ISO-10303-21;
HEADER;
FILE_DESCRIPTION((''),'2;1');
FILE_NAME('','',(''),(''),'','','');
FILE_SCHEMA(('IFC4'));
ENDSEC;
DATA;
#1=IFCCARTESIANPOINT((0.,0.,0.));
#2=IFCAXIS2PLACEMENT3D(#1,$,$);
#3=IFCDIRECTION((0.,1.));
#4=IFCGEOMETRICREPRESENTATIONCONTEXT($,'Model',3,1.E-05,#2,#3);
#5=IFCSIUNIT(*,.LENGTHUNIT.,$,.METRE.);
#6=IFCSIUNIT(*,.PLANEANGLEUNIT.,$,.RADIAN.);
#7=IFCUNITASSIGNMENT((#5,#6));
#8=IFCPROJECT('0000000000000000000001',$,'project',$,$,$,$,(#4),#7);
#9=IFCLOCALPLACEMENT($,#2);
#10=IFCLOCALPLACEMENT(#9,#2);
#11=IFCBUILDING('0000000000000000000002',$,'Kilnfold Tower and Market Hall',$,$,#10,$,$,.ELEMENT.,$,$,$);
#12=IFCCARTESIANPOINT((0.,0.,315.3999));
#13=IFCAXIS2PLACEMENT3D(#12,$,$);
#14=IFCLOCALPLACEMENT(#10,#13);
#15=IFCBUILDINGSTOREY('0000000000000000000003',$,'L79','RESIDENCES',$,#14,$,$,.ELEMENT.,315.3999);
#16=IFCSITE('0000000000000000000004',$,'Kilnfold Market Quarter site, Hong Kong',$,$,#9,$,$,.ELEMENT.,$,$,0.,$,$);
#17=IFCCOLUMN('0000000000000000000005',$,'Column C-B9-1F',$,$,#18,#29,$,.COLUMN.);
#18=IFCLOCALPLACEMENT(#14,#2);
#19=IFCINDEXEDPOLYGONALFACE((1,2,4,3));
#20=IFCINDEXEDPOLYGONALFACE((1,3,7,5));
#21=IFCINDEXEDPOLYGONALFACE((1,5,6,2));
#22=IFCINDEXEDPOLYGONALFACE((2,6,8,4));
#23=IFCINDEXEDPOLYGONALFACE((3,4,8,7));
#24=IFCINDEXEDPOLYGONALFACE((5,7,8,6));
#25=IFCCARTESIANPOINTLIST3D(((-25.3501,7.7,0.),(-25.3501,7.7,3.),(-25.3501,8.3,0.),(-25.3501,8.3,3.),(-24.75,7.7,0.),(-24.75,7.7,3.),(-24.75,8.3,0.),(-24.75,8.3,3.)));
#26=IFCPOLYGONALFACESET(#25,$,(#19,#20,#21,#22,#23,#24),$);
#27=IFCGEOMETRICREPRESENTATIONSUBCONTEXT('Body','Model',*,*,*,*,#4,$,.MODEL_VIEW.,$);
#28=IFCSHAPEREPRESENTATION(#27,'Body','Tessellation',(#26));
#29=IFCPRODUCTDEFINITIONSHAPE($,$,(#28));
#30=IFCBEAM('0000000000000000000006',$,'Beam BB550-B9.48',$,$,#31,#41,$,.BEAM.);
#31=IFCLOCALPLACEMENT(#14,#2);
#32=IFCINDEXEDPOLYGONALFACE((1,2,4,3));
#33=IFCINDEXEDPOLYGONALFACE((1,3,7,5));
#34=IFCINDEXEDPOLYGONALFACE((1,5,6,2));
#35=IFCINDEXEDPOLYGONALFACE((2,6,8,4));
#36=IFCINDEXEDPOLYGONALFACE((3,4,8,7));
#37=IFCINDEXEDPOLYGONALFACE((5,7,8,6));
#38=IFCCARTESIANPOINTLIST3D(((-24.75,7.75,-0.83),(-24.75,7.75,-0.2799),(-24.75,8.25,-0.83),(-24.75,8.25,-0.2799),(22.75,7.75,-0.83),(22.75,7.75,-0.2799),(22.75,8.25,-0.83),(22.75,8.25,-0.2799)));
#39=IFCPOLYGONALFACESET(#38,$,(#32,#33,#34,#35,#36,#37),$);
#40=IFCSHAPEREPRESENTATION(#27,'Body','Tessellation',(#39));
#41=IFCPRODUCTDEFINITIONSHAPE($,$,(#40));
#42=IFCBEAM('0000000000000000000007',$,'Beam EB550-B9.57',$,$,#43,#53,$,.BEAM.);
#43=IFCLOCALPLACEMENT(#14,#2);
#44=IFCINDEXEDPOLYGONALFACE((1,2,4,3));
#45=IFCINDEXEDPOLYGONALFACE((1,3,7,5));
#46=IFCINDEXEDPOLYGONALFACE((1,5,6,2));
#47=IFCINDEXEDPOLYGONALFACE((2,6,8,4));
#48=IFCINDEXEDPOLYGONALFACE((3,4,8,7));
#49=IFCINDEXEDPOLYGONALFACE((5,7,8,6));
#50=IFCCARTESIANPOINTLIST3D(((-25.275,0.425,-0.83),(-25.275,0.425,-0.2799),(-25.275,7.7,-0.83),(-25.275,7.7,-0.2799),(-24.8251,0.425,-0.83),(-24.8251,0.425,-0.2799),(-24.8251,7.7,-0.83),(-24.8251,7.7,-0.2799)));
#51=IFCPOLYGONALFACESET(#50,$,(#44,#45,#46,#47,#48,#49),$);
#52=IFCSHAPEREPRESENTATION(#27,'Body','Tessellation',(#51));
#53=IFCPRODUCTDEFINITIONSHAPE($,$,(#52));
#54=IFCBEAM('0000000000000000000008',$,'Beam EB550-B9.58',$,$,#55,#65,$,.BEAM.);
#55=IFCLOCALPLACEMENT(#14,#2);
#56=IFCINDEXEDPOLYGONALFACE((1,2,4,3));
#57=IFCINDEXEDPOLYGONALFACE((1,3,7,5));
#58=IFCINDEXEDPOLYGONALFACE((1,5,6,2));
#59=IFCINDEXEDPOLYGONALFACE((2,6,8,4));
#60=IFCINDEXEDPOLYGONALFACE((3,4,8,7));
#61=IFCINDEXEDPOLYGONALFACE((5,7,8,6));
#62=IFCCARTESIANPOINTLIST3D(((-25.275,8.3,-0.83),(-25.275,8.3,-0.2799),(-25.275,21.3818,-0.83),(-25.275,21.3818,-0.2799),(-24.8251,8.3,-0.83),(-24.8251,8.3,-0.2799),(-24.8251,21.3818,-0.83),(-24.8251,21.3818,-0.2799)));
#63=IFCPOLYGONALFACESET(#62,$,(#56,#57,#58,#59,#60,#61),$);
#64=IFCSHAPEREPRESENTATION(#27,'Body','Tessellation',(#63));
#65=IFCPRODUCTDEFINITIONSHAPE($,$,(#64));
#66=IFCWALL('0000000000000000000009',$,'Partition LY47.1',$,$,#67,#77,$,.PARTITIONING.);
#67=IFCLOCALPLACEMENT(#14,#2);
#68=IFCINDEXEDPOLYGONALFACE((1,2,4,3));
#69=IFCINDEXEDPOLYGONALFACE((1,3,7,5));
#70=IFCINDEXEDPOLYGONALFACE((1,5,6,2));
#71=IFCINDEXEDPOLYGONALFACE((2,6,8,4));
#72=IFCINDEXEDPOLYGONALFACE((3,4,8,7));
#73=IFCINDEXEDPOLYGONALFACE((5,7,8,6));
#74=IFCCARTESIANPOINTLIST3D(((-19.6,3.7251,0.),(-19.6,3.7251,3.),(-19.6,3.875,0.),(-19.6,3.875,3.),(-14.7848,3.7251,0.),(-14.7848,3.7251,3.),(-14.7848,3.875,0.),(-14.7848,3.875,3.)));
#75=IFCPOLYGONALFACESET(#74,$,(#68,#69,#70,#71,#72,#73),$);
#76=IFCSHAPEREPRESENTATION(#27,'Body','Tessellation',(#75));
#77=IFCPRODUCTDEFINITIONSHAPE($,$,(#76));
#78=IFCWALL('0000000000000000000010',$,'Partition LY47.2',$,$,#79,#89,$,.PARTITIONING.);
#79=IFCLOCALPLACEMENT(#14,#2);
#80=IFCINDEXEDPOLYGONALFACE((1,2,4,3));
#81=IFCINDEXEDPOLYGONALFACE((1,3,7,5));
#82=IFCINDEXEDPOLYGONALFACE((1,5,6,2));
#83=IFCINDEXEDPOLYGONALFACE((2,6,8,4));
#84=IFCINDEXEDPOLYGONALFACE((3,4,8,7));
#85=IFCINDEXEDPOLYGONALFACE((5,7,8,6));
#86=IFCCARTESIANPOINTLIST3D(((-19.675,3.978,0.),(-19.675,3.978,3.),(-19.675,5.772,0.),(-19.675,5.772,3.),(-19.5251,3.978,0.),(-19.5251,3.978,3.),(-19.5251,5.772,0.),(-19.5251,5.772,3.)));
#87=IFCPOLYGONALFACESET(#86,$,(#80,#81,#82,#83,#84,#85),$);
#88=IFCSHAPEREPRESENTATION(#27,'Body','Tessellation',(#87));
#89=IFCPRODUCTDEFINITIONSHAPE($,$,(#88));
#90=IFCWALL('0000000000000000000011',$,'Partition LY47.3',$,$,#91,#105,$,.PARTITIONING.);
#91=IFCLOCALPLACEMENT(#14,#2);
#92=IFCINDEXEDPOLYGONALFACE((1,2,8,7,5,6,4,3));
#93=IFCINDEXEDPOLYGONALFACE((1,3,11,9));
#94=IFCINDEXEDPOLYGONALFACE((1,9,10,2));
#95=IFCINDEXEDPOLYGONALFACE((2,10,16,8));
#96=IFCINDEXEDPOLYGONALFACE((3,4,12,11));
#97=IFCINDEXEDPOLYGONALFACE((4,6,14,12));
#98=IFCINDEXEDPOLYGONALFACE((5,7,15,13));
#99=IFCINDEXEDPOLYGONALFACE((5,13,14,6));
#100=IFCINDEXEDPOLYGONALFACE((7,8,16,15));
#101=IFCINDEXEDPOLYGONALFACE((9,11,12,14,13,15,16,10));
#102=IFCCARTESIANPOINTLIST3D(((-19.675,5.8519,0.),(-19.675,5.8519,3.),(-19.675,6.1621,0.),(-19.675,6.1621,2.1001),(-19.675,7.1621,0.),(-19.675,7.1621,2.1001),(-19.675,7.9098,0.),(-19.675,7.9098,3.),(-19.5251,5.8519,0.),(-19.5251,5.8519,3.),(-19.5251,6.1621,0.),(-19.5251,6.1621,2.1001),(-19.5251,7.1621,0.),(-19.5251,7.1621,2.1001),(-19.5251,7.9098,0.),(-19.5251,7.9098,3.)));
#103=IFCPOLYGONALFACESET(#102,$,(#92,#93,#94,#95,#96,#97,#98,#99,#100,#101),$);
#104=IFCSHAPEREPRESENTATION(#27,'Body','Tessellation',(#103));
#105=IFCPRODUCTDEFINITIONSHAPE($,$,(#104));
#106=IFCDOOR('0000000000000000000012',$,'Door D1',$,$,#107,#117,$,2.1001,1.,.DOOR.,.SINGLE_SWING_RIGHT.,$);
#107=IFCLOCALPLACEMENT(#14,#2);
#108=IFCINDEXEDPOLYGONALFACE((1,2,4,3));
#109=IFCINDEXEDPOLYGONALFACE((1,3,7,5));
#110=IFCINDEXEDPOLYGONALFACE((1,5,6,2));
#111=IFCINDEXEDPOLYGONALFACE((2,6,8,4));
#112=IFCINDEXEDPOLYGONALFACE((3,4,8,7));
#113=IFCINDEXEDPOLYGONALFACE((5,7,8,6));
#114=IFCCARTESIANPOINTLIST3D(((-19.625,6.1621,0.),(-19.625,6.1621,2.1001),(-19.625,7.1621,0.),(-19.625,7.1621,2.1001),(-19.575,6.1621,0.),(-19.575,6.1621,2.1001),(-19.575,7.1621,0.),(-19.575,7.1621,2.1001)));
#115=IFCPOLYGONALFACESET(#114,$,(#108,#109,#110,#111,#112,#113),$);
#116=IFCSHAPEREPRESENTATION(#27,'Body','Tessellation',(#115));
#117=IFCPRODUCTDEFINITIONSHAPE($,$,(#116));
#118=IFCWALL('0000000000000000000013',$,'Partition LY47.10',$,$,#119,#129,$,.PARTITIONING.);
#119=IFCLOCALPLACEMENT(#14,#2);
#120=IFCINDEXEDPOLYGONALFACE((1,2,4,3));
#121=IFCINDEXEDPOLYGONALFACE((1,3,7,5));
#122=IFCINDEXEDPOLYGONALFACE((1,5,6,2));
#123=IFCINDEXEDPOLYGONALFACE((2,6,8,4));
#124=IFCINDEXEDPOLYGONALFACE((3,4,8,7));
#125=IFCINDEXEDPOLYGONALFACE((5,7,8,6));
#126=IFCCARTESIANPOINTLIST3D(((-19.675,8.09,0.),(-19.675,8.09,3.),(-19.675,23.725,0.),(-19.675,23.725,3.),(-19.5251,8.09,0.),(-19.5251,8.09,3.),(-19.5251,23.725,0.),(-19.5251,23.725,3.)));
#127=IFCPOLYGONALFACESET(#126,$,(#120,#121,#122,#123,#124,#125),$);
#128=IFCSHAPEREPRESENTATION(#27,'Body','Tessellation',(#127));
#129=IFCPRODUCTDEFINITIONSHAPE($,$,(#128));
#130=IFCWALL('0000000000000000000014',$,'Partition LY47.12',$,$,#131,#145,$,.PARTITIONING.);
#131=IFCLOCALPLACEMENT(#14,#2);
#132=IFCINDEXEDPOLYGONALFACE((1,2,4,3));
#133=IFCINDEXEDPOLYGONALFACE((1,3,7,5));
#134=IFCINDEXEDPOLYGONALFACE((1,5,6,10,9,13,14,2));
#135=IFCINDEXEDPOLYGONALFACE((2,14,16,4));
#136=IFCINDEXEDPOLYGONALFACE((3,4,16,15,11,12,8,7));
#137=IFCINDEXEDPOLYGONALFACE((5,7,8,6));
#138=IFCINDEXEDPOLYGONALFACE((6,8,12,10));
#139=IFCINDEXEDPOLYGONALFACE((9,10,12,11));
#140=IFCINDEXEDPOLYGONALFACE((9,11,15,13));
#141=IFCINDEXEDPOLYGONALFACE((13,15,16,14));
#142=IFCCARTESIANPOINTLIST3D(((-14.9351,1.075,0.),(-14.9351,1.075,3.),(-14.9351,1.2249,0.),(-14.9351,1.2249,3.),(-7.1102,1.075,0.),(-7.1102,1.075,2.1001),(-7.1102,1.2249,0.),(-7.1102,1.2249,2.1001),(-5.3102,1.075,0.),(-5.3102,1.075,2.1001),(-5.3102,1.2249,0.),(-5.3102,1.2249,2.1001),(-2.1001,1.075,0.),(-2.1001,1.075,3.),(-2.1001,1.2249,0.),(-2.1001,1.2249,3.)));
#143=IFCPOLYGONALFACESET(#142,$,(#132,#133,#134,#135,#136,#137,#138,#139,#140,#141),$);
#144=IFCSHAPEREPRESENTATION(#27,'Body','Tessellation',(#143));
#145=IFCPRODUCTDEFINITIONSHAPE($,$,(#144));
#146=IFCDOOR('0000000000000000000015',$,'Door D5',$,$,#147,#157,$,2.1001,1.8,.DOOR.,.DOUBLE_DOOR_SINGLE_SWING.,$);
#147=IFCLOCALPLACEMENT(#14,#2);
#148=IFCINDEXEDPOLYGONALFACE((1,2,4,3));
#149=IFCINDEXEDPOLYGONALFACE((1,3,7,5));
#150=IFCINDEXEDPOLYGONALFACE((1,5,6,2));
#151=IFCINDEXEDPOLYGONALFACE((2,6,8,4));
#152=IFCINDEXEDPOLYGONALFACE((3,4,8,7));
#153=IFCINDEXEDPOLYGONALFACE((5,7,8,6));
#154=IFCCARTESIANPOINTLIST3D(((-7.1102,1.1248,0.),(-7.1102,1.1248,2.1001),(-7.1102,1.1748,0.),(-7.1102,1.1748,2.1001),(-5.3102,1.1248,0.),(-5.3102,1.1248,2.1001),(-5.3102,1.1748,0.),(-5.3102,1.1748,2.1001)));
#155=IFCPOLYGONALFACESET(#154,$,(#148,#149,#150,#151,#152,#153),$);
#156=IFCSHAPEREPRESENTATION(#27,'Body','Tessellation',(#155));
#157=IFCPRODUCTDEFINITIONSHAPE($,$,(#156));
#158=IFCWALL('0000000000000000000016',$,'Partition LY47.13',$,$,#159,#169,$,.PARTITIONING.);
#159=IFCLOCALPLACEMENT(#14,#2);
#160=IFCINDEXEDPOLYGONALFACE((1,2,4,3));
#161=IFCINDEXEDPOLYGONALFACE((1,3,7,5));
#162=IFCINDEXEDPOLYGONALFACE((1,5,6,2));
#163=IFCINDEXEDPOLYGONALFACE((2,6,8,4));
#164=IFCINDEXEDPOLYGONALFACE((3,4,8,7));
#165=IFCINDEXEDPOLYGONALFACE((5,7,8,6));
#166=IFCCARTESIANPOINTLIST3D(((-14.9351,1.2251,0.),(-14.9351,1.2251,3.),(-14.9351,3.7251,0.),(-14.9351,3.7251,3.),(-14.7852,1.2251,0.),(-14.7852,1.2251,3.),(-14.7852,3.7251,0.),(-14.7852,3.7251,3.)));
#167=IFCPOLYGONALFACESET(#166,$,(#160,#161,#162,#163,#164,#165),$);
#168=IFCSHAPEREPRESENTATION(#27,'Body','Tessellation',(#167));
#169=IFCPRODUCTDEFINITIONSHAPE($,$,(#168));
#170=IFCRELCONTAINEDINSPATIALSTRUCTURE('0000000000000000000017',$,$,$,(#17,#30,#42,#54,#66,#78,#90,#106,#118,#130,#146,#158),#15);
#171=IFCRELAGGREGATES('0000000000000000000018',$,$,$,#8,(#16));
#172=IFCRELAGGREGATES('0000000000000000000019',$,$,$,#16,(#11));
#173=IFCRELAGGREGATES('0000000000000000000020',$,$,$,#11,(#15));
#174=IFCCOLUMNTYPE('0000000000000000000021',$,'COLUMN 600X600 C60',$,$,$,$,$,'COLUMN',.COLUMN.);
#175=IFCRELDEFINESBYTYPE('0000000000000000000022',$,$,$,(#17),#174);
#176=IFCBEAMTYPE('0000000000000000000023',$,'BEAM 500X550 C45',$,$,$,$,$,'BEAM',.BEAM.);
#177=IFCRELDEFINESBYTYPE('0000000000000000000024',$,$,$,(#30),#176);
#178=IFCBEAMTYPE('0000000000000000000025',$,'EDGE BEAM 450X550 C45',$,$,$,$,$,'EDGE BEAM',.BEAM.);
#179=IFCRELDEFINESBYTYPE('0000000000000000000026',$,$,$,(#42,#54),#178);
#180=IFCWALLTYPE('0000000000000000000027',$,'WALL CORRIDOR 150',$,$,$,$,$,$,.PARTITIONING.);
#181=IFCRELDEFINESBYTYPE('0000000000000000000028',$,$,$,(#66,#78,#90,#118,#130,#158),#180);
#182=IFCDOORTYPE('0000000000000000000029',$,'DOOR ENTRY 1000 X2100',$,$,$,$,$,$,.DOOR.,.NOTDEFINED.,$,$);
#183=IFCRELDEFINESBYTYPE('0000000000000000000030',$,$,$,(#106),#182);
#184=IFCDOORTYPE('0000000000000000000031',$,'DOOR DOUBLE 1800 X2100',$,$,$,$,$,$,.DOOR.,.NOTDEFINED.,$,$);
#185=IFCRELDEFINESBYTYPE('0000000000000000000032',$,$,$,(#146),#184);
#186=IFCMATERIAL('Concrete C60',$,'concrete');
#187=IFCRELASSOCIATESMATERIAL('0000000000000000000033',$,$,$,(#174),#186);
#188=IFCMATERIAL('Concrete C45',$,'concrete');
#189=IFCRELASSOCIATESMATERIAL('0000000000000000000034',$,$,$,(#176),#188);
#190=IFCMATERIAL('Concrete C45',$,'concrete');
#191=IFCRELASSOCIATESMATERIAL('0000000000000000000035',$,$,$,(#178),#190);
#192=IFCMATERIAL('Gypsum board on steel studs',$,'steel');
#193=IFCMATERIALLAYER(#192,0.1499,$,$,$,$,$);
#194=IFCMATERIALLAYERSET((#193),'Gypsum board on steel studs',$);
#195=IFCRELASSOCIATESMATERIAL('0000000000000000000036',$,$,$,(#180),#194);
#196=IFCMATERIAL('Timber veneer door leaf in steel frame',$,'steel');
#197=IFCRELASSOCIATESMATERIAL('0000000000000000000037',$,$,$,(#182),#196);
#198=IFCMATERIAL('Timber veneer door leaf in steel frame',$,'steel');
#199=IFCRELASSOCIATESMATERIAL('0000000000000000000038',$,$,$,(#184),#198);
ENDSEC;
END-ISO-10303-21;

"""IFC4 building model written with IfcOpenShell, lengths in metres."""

from ifc_helpers import new_model, si_unit, direction, frame, frame_2d, origin, origin_2d, place, context, subcontext, project, spatial, rectangle, extrude, source, transform, mapped, material, layer, layer_set, material_profile, profile_set, type_object, element, fill, save


model = new_model("IFC4")

# Units and contexts
model_context = context("Model", 3, precision=1e-05, world=origin(), true_north=direction((0.0, 1.0)))
body_context = subcontext(model_context, "Body", "Model", "MODEL_VIEW")
ifc_project = project(units=[si_unit("LENGTHUNIT", "METRE"), si_unit("PLANEANGLEUNIT", "RADIAN")], contexts=[model_context])

# Site, building, storey
site_placement = place(None, origin())
site = spatial("IfcSite", under=ifc_project, at=site_placement, Name="Kilnfold Market Quarter site, Hong Kong", CompositionType="ELEMENT", RefElevation=0.0)
building_placement = place(site_placement, origin())
building = spatial("IfcBuilding", under=site, at=building_placement, Name="Kilnfold Tower and Market Hall", CompositionType="ELEMENT")
storey_placement = place(building_placement, frame((0.0, 0.0, 315.3999)))
storey = spatial("IfcBuildingStorey", under=building, at=storey_placement, Name="L79", Description="RESIDENCES", CompositionType="ELEMENT", Elevation=315.3999)

# Column
ifc_material_1 = material(Name="Concrete C60", Category="concrete")
ifc_material_profile_1 = material_profile(ifc_material_1, rectangle(XDim=0.6001, YDim=0.6001, at=origin_2d()), Name="RC 600x600")
ifc_profile_set_1 = profile_set([ifc_material_profile_1], Name="Concrete C60")
column_type = type_object("IfcColumnType", Name="COLUMN 600X600 C60", ElementType="COLUMN", PredefinedType="COLUMN", material=ifc_profile_set_1)
shared_shape_1 = source(origin(), body_context, "Body", "SweptSolid", [
    extrude(rectangle(XDim=0.6001, YDim=0.6001, at=origin_2d()), origin(), (0.0, 0.0, 1.0), 3.0),
])
column_placement = place(storey_placement, frame((-25.05, 8.0, 0.0), z_axis=(0.0, 0.0, 1.0), x_axis=(1.0, 0.0, 0.0)))
element("IfcColumn", 1, at=column_placement, inside=storey, type_object=column_type, Name="Column C-B9-1F", PredefinedType="COLUMN", context=body_context, shape_type="MappedRepresentation", body=[
    mapped(shared_shape_1, transform((0.0, 0.0, 0.0))),
])

# Beams
ifc_material_2 = material(Name="Concrete C45", Category="concrete")
ifc_material_profile_2 = material_profile(ifc_material_2, rectangle(XDim=0.5, YDim=0.55, at=origin_2d()), Name="RC 500x550")
ifc_profile_set_2 = profile_set([ifc_material_profile_2], Name="Concrete C45")
beam_type_1 = type_object("IfcBeamType", Name="BEAM 500X550 C45", ElementType="BEAM", PredefinedType="BEAM", material=ifc_profile_set_2)
shared_shape_2 = source(origin(), body_context, "Body", "SweptSolid", [
    extrude(rectangle(XDim=0.5, YDim=0.55, at=origin_2d()), origin(), (0.0, 0.0, 1.0), 47.5),
])
beam_1_placement = place(storey_placement, frame((-24.75, 8.0, -0.5549), z_axis=(1.0, 0.0, 0.0), x_axis=(0.0, 1.0, 0.0)))
element("IfcBeam", 2, at=beam_1_placement, inside=storey, type_object=beam_type_1, Name="Beam BB550-B9.48", PredefinedType="BEAM", context=body_context, shape_type="MappedRepresentation", body=[
    mapped(shared_shape_2, transform((0.0, 0.0, 0.0))),
])
ifc_material_3 = material(Name="Concrete C45", Category="concrete")
ifc_material_profile_3 = material_profile(ifc_material_3, rectangle(XDim=0.45, YDim=0.55, at=origin_2d()), Name="RC 450x550")
ifc_profile_set_3 = profile_set([ifc_material_profile_3], Name="Concrete C45")
beam_type_2 = type_object("IfcBeamType", Name="EDGE BEAM 450X550 C45", ElementType="EDGE BEAM", PredefinedType="BEAM", material=ifc_profile_set_3)
shared_shape_3 = source(origin(), body_context, "Body", "SweptSolid", [
    extrude(rectangle(XDim=0.45, YDim=0.55, at=origin_2d()), origin(), (0.0, 0.0, 1.0), 7.2749),
])
beam_2_placement = place(storey_placement, frame((-25.05, 0.425, -0.5549), z_axis=(0.0, 1.0, 0.0), x_axis=(-1.0, 0.0, 0.0)))
element("IfcBeam", 3, at=beam_2_placement, inside=storey, type_object=beam_type_2, Name="Beam EB550-B9.57", PredefinedType="BEAM", context=body_context, shape_type="MappedRepresentation", body=[
    mapped(shared_shape_3, transform((0.0, 0.0, 0.0))),
])
shared_shape_4 = source(origin(), body_context, "Body", "SweptSolid", [
    extrude(rectangle(XDim=0.45, YDim=0.55, at=origin_2d()), origin(), (0.0, 0.0, 1.0), 13.0818),
])
beam_3_placement = place(storey_placement, frame((-25.05, 8.3, -0.5549), z_axis=(0.0, 1.0, 0.0), x_axis=(-1.0, 0.0, 0.0)))
element("IfcBeam", 4, at=beam_3_placement, inside=storey, type_object=beam_type_2, Name="Beam EB550-B9.58", PredefinedType="BEAM", context=body_context, shape_type="MappedRepresentation", body=[
    mapped(shared_shape_4, transform((0.0, 0.0, 0.0))),
])

# Walls
ifc_material_4 = material(Name="Gypsum board on steel studs", Category="steel")
ifc_layer_1 = layer(ifc_material_4, 0.1499)
ifc_layer_set_1 = layer_set([ifc_layer_1], Name="Gypsum board on steel studs")
wall_type_1 = type_object("IfcWallType", Name="WALL CORRIDOR 150", PredefinedType="PARTITIONING", material=ifc_layer_set_1)
wall_1_placement = place(storey_placement, frame((-19.6001, 3.8, 0.0), z_axis=(0.0, 0.0, 1.0), x_axis=(1.0, 0.0, 0.0)))
element("IfcWall", 5, at=wall_1_placement, inside=storey, type_object=wall_type_1, Name="Partition LY47.1", PredefinedType="PARTITIONING", context=body_context, shape_type="SweptSolid", body=[
    extrude(rectangle(XDim=4.8152, YDim=0.1499, at=frame_2d((2.4077, 0.0))), origin(), (0.0, 0.0, 1.0), 3.0),
])
wall_2_placement = place(storey_placement, frame((-19.6001, 3.978, 0.0), z_axis=(0.0, 0.0, 1.0), x_axis=(0.0, 1.0, 0.0)))
element("IfcWall", 6, at=wall_2_placement, inside=storey, type_object=wall_type_1, Name="Partition LY47.2", PredefinedType="PARTITIONING", context=body_context, shape_type="SweptSolid", body=[
    extrude(rectangle(XDim=1.7939, YDim=0.1499, at=frame_2d((0.897, 0.0))), origin(), (0.0, 0.0, 1.0), 3.0),
])

# Wall, opening, door
wall_3_placement = place(storey_placement, frame((-19.6001, 5.8521, 0.0), z_axis=(0.0, 0.0, 1.0), x_axis=(0.0, 1.0, 0.0)))
wall_3 = element("IfcWall", 7, at=wall_3_placement, inside=storey, type_object=wall_type_1, Name="Partition LY47.3", PredefinedType="PARTITIONING", context=body_context, shape_type="SweptSolid", body=[
    extrude(rectangle(XDim=2.0579, YDim=0.1499, at=frame_2d((1.0288, 0.0))), origin(), (0.0, 0.0, 1.0), 3.0),
])
opening_1_placement = place(wall_3_placement, frame((0.3101, 0.0, 0.0)))
opening_1 = element("IfcOpeningElement", 8, at=opening_1_placement, cuts=wall_3, PredefinedType="OPENING", context=body_context, shape_type="SweptSolid", body=[
    extrude(rectangle(XDim=1.0, YDim=2.1001, at=frame_2d((0.5, 1.05))), frame((0.0, 0.085, 0.0), z_axis=(0.0, -1.0, 0.0), x_axis=(1.0, 0.0, 0.0)), (0.0, 0.0, 1.0), 0.1699),
])
ifc_material_5 = material(Name="Timber veneer door leaf in steel frame", Category="steel")
door_type_1 = type_object("IfcDoorType", Name="DOOR ENTRY 1000 X2100", OperationType="NOTDEFINED", PredefinedType="DOOR", material=ifc_material_5)
door_1_placement = place(opening_1_placement, origin())
door_1 = element("IfcDoor", 9, at=door_1_placement, inside=storey, type_object=door_type_1, Name="Door D1", OperationType="SINGLE_SWING_RIGHT", OverallHeight=2.1001, OverallWidth=1.0, PredefinedType="DOOR", context=body_context, shape_type="SweptSolid", body=[
    extrude(rectangle(XDim=1.0, YDim=2.1001, at=frame_2d((0.5, 1.05))), frame((0.0, 0.0249, 0.0), z_axis=(0.0, -1.0, 0.0), x_axis=(1.0, 0.0, 0.0)), (0.0, 0.0, 1.0), 0.05),
])
fill(opening_1, door_1)

# Wall
wall_4_placement = place(storey_placement, frame((-19.6001, 8.0901, 0.0), z_axis=(0.0, 0.0, 1.0), x_axis=(0.0, 1.0, 0.0)))
element("IfcWall", 10, at=wall_4_placement, inside=storey, type_object=wall_type_1, Name="Partition LY47.10", PredefinedType="PARTITIONING", context=body_context, shape_type="SweptSolid", body=[
    extrude(rectangle(XDim=15.635, YDim=0.1499, at=frame_2d((7.8174, 0.0))), origin(), (0.0, 0.0, 1.0), 3.0),
])

# Wall, opening, door
wall_5_placement = place(storey_placement, frame((-14.9351, 1.1499, 0.0), z_axis=(0.0, 0.0, 1.0), x_axis=(1.0, 0.0, 0.0)))
wall_5 = element("IfcWall", 11, at=wall_5_placement, inside=storey, type_object=wall_type_1, Name="Partition LY47.12", PredefinedType="PARTITIONING", context=body_context, shape_type="SweptSolid", body=[
    extrude(rectangle(XDim=12.835, YDim=0.1499, at=frame_2d((6.4175, 0.0))), origin(), (0.0, 0.0, 1.0), 3.0),
])
opening_2_placement = place(wall_5_placement, frame((7.825, 0.0, 0.0)))
opening_2 = element("IfcOpeningElement", 12, at=opening_2_placement, cuts=wall_5, PredefinedType="OPENING", context=body_context, shape_type="SweptSolid", body=[
    extrude(rectangle(XDim=1.8, YDim=2.1001, at=frame_2d((0.8999, 1.05))), frame((0.0, 0.085, 0.0), z_axis=(0.0, -1.0, 0.0), x_axis=(1.0, 0.0, 0.0)), (0.0, 0.0, 1.0), 0.1699),
])
ifc_material_6 = material(Name="Timber veneer door leaf in steel frame", Category="steel")
door_type_2 = type_object("IfcDoorType", Name="DOOR DOUBLE 1800 X2100", OperationType="NOTDEFINED", PredefinedType="DOOR", material=ifc_material_6)
door_2_placement = place(opening_2_placement, origin())
door_2 = element("IfcDoor", 13, at=door_2_placement, inside=storey, type_object=door_type_2, Name="Door D5", OperationType="DOUBLE_DOOR_SINGLE_SWING", OverallHeight=2.1001, OverallWidth=1.8, PredefinedType="DOOR", context=body_context, shape_type="SweptSolid", body=[
    extrude(rectangle(XDim=1.8, YDim=2.1001, at=frame_2d((0.8999, 1.05))), frame((0.0, 0.0249, 0.0), z_axis=(0.0, -1.0, 0.0), x_axis=(1.0, 0.0, 0.0)), (0.0, 0.0, 1.0), 0.05),
])
fill(opening_2, door_2)

# Wall
wall_6_placement = place(storey_placement, frame((-14.8601, 3.7251, 0.0), z_axis=(0.0, 0.0, 1.0), x_axis=(0.0, -1.0, 0.0)))
element("IfcWall", 14, at=wall_6_placement, inside=storey, type_object=wall_type_1, Name="Partition LY47.13", PredefinedType="PARTITIONING", context=body_context, shape_type="SweptSolid", body=[
    extrude(rectangle(XDim=2.5, YDim=0.1499, at=frame_2d((1.25, 0.0))), origin(), (0.0, 0.0, 1.0), 3.0),
])

save(model, "model.ifc")
